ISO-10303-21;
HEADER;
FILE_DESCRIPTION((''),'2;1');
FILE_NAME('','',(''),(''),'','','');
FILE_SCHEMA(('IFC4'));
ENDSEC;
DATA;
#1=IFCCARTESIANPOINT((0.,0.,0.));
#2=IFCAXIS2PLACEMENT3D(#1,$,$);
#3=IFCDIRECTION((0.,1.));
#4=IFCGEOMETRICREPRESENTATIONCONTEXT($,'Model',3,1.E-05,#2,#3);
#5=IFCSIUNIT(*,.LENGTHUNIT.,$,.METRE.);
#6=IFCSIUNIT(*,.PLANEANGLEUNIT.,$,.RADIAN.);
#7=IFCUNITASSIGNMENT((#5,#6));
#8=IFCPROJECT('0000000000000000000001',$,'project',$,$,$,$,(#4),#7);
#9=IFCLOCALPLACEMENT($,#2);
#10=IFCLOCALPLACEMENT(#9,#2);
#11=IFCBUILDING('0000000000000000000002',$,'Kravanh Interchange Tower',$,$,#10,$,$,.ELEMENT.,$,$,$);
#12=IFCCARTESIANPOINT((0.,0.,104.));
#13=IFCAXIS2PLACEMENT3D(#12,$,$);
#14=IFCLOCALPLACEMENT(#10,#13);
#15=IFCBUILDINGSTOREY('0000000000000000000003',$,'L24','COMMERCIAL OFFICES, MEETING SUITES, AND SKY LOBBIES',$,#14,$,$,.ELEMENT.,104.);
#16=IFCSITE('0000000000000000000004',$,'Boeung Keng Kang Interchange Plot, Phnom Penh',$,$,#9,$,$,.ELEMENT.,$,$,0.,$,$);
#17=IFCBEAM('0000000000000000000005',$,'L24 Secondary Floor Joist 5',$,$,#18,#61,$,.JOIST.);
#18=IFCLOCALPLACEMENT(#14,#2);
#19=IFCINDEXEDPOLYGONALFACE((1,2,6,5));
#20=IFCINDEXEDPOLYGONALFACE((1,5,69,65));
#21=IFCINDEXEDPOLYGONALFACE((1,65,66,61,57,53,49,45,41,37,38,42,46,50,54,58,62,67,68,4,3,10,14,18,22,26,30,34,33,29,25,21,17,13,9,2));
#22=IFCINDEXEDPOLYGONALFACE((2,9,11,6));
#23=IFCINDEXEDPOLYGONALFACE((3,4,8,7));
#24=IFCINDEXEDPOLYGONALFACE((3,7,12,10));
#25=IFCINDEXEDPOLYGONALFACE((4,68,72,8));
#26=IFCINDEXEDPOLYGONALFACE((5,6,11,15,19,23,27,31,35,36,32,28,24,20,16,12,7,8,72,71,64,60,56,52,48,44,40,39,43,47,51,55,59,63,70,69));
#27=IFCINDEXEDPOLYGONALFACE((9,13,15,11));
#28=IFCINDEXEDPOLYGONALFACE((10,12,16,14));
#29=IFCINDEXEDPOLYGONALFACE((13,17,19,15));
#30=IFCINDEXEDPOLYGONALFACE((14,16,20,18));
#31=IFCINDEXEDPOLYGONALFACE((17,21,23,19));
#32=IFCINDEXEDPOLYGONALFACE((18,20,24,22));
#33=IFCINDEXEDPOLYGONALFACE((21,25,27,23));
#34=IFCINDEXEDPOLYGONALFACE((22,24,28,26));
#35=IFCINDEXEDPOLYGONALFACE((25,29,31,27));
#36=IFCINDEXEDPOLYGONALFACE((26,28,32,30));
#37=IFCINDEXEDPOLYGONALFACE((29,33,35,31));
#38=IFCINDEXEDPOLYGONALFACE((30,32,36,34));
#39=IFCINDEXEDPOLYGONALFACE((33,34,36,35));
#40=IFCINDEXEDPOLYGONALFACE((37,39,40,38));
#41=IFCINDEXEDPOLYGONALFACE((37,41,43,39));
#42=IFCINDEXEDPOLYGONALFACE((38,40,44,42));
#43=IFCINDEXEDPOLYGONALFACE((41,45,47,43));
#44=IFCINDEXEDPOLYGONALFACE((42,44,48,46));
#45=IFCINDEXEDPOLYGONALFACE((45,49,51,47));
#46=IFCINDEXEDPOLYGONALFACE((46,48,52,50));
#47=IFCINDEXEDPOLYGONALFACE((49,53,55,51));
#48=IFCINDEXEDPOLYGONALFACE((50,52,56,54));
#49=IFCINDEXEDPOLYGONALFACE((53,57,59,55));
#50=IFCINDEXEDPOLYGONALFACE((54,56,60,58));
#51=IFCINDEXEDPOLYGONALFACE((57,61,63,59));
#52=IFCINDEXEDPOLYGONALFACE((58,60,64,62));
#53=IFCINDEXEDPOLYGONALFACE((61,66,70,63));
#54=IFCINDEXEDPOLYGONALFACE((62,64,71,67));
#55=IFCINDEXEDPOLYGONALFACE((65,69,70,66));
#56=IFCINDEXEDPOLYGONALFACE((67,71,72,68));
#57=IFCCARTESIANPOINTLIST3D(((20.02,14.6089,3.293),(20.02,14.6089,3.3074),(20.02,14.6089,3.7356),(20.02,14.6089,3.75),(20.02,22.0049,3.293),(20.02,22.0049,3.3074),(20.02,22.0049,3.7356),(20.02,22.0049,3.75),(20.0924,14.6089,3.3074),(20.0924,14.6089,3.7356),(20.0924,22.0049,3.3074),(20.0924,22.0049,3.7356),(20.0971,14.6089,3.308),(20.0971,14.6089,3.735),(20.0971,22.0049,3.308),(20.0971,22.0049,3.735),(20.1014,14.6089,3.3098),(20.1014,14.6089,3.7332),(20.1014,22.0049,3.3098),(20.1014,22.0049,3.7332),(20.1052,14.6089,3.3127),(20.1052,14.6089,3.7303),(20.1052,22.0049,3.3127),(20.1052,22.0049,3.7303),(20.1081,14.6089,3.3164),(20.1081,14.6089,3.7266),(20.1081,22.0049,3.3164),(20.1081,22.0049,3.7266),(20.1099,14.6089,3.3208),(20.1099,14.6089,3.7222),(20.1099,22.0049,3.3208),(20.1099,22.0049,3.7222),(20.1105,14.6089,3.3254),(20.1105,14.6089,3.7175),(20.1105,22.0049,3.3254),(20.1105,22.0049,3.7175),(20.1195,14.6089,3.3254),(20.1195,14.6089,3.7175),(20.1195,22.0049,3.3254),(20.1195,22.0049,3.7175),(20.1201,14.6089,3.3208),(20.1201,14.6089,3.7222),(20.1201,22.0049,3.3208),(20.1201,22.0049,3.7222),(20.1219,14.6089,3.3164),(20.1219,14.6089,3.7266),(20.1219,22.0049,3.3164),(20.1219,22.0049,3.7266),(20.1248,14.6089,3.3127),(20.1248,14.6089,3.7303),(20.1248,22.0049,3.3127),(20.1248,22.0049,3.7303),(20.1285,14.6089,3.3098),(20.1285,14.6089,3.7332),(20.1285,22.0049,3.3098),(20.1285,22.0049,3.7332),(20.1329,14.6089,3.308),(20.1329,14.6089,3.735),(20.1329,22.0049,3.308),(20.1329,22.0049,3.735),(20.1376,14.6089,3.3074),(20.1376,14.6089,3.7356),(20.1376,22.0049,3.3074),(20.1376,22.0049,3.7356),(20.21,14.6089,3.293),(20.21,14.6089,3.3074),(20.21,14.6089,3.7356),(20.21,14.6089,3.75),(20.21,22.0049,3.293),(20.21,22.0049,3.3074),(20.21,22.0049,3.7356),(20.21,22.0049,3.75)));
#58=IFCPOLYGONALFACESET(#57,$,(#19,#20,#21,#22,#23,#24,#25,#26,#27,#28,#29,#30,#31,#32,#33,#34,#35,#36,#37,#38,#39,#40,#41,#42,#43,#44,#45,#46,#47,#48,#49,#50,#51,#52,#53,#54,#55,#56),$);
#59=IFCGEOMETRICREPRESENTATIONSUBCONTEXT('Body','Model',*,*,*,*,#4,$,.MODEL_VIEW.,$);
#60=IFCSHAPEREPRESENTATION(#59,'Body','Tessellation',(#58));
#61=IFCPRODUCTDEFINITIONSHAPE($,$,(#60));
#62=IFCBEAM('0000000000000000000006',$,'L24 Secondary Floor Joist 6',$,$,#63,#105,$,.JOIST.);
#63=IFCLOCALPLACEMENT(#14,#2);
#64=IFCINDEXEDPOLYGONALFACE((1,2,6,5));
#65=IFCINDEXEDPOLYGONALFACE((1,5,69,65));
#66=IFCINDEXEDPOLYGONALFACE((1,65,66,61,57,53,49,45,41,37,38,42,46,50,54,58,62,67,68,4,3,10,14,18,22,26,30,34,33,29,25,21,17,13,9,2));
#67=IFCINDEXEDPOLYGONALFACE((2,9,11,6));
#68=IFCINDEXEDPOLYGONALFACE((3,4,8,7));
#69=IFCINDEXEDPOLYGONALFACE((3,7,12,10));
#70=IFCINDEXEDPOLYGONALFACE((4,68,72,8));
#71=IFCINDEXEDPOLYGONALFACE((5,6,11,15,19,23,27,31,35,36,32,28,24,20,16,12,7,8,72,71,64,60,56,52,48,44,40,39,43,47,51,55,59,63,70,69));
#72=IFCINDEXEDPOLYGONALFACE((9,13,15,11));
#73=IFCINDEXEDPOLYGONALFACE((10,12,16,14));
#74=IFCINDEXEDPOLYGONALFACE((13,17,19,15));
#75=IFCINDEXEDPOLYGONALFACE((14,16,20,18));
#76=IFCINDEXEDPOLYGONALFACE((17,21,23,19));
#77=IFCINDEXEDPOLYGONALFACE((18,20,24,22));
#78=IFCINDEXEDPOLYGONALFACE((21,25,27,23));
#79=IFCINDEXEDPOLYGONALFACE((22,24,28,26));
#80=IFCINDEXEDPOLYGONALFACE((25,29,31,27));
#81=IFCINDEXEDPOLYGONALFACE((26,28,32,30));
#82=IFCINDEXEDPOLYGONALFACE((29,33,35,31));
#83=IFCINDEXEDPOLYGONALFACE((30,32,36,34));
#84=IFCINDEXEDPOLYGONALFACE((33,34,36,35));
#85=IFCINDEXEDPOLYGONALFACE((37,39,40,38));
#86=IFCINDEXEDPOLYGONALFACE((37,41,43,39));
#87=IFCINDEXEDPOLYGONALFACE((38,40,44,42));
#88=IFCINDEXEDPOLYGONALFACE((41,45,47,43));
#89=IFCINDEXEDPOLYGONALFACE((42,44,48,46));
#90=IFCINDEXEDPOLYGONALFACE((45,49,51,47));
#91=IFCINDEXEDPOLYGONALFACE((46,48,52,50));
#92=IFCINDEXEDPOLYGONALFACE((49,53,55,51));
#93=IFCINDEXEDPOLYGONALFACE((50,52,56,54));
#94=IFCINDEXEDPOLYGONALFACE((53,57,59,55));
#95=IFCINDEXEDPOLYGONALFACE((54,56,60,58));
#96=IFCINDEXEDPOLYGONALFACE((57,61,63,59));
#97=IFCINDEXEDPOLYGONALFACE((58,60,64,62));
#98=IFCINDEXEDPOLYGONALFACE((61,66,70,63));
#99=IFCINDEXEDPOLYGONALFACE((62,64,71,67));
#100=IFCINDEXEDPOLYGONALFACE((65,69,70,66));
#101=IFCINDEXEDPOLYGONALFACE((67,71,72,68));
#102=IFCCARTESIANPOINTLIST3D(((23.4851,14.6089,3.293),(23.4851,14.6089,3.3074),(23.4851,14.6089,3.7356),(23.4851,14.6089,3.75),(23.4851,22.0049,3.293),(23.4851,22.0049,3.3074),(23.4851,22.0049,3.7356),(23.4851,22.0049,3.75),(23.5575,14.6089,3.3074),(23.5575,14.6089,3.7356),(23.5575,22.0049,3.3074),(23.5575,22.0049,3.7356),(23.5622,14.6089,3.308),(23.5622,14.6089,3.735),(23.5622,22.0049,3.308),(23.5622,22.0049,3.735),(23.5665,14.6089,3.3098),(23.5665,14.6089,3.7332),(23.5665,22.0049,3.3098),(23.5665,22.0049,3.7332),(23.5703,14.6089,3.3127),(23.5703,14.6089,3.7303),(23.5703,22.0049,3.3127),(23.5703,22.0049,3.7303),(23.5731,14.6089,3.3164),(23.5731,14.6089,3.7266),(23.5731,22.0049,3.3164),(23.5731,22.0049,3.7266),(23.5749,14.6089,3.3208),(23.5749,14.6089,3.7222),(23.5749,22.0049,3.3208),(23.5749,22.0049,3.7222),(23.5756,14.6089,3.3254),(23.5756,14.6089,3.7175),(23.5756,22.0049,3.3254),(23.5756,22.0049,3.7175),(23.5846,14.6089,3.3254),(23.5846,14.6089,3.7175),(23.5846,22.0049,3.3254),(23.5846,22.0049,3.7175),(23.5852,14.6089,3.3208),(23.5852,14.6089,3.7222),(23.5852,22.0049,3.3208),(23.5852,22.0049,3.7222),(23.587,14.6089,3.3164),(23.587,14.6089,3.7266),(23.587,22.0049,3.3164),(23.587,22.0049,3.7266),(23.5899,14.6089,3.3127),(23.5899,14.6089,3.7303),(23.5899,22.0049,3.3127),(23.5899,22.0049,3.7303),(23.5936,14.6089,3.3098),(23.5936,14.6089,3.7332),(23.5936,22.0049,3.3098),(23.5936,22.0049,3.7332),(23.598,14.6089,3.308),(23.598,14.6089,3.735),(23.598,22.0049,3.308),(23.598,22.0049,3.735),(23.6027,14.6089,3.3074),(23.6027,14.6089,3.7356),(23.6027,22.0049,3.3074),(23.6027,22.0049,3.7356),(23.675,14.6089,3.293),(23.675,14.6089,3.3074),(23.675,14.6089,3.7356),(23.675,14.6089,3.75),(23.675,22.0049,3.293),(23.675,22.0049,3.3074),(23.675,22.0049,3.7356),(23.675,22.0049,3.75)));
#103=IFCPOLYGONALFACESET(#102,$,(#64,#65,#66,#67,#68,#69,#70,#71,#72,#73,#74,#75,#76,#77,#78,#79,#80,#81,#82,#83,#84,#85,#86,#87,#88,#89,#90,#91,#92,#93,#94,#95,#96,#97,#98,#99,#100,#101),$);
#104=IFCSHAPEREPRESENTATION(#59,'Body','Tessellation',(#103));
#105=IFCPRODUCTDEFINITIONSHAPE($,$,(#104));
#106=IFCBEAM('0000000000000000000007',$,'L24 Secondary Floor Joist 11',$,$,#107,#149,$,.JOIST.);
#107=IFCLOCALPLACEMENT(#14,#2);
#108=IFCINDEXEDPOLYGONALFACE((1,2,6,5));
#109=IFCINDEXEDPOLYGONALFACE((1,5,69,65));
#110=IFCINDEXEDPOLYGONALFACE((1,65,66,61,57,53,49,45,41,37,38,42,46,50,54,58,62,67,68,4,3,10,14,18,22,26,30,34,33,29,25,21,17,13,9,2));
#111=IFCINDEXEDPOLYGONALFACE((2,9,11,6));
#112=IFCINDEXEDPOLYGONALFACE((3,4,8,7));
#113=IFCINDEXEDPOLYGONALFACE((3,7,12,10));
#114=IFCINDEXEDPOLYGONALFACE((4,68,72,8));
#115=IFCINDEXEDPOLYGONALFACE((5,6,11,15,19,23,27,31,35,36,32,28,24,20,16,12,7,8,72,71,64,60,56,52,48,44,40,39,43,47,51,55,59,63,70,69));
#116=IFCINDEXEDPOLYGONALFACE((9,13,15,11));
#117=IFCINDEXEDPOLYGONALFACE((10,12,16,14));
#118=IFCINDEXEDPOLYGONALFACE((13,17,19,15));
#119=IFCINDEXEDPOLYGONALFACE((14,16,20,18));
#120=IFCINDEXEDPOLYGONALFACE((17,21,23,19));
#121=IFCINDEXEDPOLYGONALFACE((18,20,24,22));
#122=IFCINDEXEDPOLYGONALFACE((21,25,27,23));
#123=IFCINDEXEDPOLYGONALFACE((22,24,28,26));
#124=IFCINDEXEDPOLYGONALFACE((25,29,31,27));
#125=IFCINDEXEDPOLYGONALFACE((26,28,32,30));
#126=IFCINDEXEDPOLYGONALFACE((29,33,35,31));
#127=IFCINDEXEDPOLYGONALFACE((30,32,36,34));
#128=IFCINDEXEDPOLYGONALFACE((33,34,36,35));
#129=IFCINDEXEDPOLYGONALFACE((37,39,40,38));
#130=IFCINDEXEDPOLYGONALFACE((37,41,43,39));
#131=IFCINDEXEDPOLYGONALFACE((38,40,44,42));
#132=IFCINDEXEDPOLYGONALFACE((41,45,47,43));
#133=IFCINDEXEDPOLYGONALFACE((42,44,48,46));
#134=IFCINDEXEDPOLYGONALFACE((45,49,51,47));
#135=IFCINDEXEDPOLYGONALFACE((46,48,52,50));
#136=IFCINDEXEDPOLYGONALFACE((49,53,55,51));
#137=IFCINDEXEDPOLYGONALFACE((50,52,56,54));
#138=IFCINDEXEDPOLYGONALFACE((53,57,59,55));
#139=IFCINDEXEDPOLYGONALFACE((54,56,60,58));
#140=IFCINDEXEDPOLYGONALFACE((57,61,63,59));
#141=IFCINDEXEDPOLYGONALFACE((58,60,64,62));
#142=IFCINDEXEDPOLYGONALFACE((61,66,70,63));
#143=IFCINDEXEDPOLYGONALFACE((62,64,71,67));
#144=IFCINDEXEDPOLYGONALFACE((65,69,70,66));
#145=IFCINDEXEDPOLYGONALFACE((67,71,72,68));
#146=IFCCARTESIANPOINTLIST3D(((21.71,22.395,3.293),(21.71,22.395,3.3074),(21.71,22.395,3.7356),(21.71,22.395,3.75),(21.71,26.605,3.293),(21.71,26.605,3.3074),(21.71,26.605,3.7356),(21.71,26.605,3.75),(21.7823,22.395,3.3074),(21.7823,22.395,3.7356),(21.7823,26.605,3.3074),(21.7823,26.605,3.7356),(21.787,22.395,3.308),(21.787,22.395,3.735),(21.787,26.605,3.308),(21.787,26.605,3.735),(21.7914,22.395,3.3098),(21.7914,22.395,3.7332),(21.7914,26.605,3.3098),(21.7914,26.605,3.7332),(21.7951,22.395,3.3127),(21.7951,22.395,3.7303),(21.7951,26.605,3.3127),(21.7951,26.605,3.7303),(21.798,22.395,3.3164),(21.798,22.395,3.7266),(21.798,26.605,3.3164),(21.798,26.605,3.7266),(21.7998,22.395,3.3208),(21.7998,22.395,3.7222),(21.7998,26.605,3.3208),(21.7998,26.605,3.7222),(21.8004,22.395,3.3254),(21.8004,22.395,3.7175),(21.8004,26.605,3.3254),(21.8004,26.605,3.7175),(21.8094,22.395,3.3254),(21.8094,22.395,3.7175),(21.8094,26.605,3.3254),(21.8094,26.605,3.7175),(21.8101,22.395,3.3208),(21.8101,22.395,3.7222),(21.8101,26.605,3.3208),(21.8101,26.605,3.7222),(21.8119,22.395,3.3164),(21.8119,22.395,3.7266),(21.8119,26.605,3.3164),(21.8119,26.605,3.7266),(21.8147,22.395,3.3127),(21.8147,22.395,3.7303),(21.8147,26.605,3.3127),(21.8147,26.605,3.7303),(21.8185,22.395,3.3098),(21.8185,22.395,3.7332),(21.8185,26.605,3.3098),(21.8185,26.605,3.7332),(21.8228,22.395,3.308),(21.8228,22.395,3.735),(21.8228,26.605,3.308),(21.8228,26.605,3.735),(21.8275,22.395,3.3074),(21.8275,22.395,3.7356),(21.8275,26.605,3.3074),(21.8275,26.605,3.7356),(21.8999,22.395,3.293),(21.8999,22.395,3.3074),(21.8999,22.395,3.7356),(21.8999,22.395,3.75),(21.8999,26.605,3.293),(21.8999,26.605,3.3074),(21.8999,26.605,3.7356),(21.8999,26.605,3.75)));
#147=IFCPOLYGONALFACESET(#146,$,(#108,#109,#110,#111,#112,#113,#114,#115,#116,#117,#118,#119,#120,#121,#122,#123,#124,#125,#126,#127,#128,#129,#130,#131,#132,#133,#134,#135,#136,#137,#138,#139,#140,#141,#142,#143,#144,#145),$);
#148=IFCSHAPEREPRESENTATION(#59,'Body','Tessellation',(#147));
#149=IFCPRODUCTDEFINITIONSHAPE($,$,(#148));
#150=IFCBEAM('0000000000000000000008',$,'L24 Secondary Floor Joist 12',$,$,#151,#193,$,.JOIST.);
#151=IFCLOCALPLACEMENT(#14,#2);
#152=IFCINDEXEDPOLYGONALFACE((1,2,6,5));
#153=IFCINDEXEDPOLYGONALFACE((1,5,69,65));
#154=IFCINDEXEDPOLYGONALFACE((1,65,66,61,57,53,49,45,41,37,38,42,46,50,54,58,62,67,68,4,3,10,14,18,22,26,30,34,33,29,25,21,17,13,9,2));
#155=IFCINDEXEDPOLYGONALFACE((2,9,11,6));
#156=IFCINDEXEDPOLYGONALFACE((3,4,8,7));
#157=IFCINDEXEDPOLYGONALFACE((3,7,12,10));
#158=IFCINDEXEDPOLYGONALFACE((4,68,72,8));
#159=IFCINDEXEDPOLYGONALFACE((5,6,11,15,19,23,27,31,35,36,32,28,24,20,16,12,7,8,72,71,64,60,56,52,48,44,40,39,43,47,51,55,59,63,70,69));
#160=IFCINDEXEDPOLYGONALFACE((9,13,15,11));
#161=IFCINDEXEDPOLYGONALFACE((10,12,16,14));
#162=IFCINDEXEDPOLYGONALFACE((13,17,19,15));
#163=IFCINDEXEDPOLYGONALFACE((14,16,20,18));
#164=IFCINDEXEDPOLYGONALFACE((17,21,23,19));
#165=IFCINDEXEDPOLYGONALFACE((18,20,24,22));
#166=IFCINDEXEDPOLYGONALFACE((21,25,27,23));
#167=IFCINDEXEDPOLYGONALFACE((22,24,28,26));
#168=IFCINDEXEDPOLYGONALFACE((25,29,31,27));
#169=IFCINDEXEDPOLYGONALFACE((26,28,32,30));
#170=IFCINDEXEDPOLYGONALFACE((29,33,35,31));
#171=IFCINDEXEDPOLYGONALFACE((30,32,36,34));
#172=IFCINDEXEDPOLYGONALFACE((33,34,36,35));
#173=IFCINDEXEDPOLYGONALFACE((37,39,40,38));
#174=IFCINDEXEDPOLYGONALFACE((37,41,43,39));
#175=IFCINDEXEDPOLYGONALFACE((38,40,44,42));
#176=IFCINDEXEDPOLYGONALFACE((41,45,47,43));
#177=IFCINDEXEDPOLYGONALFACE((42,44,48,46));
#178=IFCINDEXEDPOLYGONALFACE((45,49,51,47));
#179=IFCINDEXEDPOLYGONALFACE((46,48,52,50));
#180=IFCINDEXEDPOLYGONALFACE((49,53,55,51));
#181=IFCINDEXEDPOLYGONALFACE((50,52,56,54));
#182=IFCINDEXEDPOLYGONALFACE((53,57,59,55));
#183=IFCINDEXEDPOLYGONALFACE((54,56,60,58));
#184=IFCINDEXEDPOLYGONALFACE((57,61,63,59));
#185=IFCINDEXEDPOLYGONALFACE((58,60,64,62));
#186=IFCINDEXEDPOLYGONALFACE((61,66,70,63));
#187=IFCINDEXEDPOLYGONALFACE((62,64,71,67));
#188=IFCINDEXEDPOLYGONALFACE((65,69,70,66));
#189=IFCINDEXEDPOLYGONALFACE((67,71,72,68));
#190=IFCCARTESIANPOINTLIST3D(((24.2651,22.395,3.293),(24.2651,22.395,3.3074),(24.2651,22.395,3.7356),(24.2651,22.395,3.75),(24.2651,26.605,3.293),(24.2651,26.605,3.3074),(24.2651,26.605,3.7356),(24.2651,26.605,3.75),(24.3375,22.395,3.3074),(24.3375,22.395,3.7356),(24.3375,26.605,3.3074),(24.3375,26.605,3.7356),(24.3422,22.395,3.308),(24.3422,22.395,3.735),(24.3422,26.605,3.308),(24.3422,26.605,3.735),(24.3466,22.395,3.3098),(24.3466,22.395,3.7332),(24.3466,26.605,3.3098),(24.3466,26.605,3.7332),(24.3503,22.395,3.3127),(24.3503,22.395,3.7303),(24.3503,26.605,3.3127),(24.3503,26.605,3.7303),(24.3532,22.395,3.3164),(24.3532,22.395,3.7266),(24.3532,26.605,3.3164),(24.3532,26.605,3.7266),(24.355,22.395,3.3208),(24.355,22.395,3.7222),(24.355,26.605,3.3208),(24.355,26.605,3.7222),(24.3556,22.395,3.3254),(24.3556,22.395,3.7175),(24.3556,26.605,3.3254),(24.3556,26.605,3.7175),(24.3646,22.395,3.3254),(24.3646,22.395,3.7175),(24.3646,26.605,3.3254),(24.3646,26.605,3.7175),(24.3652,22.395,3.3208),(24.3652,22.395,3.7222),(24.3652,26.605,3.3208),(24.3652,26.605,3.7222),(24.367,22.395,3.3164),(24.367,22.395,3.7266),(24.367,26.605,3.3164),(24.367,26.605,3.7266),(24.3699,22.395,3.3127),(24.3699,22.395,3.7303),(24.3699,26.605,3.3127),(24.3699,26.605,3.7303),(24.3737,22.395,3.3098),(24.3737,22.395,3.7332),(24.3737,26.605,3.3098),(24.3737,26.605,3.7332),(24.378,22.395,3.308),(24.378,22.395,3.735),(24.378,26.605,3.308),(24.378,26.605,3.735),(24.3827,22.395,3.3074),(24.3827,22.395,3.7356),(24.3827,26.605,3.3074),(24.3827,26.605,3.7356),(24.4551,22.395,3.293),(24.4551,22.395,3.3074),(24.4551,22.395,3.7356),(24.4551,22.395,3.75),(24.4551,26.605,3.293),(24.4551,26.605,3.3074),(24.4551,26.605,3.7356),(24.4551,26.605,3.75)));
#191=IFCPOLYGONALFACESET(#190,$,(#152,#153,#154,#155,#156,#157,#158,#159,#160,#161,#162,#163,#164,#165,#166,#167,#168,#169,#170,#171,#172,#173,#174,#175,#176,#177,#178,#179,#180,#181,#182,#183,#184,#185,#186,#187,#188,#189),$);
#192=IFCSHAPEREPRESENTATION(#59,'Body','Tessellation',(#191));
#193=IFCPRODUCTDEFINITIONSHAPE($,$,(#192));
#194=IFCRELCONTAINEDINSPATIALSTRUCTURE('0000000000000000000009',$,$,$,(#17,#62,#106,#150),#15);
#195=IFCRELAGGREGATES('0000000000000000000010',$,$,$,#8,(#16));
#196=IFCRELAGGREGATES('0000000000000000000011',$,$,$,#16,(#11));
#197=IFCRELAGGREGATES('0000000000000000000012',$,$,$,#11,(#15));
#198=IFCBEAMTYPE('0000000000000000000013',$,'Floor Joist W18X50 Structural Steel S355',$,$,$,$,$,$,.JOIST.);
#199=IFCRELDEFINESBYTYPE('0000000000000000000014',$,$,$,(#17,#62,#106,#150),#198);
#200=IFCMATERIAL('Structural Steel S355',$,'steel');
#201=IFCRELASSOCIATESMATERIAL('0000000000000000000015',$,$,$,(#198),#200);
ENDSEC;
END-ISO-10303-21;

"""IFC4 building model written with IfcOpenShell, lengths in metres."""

from ifc_helpers import new_model, si_unit, direction, frame, origin, origin_2d, place, context, subcontext, project, spatial, i_section, extrude, material, material_profile, profile_set, type_object, element, save


model = new_model("IFC4")

# Units and contexts
model_context = context("Model", 3, precision=1e-05, world=origin(), true_north=direction((0.0, 1.0)))
body_context = subcontext(model_context, "Body", "Model", "MODEL_VIEW")
ifc_project = project(units=[si_unit("LENGTHUNIT", "METRE"), si_unit("PLANEANGLEUNIT", "RADIAN")], contexts=[model_context])

# Site, building, storey
site_placement = place(None, origin())
site = spatial("IfcSite", under=ifc_project, at=site_placement, Name="Boeung Keng Kang Interchange Plot, Phnom Penh", CompositionType="ELEMENT", RefElevation=0.0)
building_placement = place(site_placement, origin())
building = spatial("IfcBuilding", under=site, at=building_placement, Name="Kravanh Interchange Tower", CompositionType="ELEMENT")
storey_placement = place(building_placement, frame((0.0, 0.0, 104.0)))
storey = spatial("IfcBuildingStorey", under=building, at=storey_placement, Name="L24", Description="COMMERCIAL OFFICES, MEETING SUITES, AND SKY LOBBIES", CompositionType="ELEMENT", Elevation=104.0)

# Beams
ifc_material_1 = material(Name="Structural Steel S355", Category="steel")
ifc_material_profile_1 = material_profile(ifc_material_1, i_section(OverallWidth=0.1899, OverallDepth=0.457, WebThickness=0.009, FlangeThickness=0.0144, FilletRadius=0.0181, at=origin_2d()), Name="W18X50")
ifc_profile_set_1 = profile_set([ifc_material_profile_1], Name="Structural Steel S355")
beam_type_1 = type_object("IfcBeamType", Name="Floor Joist W18X50 Structural Steel S355", PredefinedType="JOIST", material=ifc_profile_set_1)
for number, where, z_axis, x_axis, name in (
    (1, (20.115, 14.6089, 3.5215), (0.0, 1.0, 0.0), (-1.0, 0.0, 0.0), "L24 Secondary Floor Joist 5"),
    (2, (23.5801, 14.6089, 3.5215), (0.0, 1.0, 0.0), (-1.0, 0.0, 0.0), "L24 Secondary Floor Joist 6"),
):
    element("IfcBeam", number, at=place(storey_placement, frame(where, z_axis=z_axis, x_axis=x_axis)), inside=storey, type_object=beam_type_1, Name=name, PredefinedType="JOIST", context=body_context, shape_type="SweptSolid", body=[
        extrude(i_section(OverallWidth=0.1899, OverallDepth=0.457, WebThickness=0.009, FlangeThickness=0.0144, FilletRadius=0.0181, at=origin_2d()), origin(), (0.0, 0.0, 1.0), 7.396),
    ])
for number, where, z_axis, x_axis, name in (
    (3, (21.8049, 22.395, 3.5215), (0.0, 1.0, 0.0), (-1.0, 0.0, 0.0), "L24 Secondary Floor Joist 11"),
    (4, (24.3601, 22.395, 3.5215), (0.0, 1.0, 0.0), (-1.0, 0.0, 0.0), "L24 Secondary Floor Joist 12"),
):
    element("IfcBeam", number, at=place(storey_placement, frame(where, z_axis=z_axis, x_axis=x_axis)), inside=storey, type_object=beam_type_1, Name=name, PredefinedType="JOIST", context=body_context, shape_type="SweptSolid", body=[
        extrude(i_section(OverallWidth=0.1899, OverallDepth=0.457, WebThickness=0.009, FlangeThickness=0.0144, FilletRadius=0.0181, at=origin_2d()), origin(), (0.0, 0.0, 1.0), 4.21),
    ])

save(model, "model.ifc")
